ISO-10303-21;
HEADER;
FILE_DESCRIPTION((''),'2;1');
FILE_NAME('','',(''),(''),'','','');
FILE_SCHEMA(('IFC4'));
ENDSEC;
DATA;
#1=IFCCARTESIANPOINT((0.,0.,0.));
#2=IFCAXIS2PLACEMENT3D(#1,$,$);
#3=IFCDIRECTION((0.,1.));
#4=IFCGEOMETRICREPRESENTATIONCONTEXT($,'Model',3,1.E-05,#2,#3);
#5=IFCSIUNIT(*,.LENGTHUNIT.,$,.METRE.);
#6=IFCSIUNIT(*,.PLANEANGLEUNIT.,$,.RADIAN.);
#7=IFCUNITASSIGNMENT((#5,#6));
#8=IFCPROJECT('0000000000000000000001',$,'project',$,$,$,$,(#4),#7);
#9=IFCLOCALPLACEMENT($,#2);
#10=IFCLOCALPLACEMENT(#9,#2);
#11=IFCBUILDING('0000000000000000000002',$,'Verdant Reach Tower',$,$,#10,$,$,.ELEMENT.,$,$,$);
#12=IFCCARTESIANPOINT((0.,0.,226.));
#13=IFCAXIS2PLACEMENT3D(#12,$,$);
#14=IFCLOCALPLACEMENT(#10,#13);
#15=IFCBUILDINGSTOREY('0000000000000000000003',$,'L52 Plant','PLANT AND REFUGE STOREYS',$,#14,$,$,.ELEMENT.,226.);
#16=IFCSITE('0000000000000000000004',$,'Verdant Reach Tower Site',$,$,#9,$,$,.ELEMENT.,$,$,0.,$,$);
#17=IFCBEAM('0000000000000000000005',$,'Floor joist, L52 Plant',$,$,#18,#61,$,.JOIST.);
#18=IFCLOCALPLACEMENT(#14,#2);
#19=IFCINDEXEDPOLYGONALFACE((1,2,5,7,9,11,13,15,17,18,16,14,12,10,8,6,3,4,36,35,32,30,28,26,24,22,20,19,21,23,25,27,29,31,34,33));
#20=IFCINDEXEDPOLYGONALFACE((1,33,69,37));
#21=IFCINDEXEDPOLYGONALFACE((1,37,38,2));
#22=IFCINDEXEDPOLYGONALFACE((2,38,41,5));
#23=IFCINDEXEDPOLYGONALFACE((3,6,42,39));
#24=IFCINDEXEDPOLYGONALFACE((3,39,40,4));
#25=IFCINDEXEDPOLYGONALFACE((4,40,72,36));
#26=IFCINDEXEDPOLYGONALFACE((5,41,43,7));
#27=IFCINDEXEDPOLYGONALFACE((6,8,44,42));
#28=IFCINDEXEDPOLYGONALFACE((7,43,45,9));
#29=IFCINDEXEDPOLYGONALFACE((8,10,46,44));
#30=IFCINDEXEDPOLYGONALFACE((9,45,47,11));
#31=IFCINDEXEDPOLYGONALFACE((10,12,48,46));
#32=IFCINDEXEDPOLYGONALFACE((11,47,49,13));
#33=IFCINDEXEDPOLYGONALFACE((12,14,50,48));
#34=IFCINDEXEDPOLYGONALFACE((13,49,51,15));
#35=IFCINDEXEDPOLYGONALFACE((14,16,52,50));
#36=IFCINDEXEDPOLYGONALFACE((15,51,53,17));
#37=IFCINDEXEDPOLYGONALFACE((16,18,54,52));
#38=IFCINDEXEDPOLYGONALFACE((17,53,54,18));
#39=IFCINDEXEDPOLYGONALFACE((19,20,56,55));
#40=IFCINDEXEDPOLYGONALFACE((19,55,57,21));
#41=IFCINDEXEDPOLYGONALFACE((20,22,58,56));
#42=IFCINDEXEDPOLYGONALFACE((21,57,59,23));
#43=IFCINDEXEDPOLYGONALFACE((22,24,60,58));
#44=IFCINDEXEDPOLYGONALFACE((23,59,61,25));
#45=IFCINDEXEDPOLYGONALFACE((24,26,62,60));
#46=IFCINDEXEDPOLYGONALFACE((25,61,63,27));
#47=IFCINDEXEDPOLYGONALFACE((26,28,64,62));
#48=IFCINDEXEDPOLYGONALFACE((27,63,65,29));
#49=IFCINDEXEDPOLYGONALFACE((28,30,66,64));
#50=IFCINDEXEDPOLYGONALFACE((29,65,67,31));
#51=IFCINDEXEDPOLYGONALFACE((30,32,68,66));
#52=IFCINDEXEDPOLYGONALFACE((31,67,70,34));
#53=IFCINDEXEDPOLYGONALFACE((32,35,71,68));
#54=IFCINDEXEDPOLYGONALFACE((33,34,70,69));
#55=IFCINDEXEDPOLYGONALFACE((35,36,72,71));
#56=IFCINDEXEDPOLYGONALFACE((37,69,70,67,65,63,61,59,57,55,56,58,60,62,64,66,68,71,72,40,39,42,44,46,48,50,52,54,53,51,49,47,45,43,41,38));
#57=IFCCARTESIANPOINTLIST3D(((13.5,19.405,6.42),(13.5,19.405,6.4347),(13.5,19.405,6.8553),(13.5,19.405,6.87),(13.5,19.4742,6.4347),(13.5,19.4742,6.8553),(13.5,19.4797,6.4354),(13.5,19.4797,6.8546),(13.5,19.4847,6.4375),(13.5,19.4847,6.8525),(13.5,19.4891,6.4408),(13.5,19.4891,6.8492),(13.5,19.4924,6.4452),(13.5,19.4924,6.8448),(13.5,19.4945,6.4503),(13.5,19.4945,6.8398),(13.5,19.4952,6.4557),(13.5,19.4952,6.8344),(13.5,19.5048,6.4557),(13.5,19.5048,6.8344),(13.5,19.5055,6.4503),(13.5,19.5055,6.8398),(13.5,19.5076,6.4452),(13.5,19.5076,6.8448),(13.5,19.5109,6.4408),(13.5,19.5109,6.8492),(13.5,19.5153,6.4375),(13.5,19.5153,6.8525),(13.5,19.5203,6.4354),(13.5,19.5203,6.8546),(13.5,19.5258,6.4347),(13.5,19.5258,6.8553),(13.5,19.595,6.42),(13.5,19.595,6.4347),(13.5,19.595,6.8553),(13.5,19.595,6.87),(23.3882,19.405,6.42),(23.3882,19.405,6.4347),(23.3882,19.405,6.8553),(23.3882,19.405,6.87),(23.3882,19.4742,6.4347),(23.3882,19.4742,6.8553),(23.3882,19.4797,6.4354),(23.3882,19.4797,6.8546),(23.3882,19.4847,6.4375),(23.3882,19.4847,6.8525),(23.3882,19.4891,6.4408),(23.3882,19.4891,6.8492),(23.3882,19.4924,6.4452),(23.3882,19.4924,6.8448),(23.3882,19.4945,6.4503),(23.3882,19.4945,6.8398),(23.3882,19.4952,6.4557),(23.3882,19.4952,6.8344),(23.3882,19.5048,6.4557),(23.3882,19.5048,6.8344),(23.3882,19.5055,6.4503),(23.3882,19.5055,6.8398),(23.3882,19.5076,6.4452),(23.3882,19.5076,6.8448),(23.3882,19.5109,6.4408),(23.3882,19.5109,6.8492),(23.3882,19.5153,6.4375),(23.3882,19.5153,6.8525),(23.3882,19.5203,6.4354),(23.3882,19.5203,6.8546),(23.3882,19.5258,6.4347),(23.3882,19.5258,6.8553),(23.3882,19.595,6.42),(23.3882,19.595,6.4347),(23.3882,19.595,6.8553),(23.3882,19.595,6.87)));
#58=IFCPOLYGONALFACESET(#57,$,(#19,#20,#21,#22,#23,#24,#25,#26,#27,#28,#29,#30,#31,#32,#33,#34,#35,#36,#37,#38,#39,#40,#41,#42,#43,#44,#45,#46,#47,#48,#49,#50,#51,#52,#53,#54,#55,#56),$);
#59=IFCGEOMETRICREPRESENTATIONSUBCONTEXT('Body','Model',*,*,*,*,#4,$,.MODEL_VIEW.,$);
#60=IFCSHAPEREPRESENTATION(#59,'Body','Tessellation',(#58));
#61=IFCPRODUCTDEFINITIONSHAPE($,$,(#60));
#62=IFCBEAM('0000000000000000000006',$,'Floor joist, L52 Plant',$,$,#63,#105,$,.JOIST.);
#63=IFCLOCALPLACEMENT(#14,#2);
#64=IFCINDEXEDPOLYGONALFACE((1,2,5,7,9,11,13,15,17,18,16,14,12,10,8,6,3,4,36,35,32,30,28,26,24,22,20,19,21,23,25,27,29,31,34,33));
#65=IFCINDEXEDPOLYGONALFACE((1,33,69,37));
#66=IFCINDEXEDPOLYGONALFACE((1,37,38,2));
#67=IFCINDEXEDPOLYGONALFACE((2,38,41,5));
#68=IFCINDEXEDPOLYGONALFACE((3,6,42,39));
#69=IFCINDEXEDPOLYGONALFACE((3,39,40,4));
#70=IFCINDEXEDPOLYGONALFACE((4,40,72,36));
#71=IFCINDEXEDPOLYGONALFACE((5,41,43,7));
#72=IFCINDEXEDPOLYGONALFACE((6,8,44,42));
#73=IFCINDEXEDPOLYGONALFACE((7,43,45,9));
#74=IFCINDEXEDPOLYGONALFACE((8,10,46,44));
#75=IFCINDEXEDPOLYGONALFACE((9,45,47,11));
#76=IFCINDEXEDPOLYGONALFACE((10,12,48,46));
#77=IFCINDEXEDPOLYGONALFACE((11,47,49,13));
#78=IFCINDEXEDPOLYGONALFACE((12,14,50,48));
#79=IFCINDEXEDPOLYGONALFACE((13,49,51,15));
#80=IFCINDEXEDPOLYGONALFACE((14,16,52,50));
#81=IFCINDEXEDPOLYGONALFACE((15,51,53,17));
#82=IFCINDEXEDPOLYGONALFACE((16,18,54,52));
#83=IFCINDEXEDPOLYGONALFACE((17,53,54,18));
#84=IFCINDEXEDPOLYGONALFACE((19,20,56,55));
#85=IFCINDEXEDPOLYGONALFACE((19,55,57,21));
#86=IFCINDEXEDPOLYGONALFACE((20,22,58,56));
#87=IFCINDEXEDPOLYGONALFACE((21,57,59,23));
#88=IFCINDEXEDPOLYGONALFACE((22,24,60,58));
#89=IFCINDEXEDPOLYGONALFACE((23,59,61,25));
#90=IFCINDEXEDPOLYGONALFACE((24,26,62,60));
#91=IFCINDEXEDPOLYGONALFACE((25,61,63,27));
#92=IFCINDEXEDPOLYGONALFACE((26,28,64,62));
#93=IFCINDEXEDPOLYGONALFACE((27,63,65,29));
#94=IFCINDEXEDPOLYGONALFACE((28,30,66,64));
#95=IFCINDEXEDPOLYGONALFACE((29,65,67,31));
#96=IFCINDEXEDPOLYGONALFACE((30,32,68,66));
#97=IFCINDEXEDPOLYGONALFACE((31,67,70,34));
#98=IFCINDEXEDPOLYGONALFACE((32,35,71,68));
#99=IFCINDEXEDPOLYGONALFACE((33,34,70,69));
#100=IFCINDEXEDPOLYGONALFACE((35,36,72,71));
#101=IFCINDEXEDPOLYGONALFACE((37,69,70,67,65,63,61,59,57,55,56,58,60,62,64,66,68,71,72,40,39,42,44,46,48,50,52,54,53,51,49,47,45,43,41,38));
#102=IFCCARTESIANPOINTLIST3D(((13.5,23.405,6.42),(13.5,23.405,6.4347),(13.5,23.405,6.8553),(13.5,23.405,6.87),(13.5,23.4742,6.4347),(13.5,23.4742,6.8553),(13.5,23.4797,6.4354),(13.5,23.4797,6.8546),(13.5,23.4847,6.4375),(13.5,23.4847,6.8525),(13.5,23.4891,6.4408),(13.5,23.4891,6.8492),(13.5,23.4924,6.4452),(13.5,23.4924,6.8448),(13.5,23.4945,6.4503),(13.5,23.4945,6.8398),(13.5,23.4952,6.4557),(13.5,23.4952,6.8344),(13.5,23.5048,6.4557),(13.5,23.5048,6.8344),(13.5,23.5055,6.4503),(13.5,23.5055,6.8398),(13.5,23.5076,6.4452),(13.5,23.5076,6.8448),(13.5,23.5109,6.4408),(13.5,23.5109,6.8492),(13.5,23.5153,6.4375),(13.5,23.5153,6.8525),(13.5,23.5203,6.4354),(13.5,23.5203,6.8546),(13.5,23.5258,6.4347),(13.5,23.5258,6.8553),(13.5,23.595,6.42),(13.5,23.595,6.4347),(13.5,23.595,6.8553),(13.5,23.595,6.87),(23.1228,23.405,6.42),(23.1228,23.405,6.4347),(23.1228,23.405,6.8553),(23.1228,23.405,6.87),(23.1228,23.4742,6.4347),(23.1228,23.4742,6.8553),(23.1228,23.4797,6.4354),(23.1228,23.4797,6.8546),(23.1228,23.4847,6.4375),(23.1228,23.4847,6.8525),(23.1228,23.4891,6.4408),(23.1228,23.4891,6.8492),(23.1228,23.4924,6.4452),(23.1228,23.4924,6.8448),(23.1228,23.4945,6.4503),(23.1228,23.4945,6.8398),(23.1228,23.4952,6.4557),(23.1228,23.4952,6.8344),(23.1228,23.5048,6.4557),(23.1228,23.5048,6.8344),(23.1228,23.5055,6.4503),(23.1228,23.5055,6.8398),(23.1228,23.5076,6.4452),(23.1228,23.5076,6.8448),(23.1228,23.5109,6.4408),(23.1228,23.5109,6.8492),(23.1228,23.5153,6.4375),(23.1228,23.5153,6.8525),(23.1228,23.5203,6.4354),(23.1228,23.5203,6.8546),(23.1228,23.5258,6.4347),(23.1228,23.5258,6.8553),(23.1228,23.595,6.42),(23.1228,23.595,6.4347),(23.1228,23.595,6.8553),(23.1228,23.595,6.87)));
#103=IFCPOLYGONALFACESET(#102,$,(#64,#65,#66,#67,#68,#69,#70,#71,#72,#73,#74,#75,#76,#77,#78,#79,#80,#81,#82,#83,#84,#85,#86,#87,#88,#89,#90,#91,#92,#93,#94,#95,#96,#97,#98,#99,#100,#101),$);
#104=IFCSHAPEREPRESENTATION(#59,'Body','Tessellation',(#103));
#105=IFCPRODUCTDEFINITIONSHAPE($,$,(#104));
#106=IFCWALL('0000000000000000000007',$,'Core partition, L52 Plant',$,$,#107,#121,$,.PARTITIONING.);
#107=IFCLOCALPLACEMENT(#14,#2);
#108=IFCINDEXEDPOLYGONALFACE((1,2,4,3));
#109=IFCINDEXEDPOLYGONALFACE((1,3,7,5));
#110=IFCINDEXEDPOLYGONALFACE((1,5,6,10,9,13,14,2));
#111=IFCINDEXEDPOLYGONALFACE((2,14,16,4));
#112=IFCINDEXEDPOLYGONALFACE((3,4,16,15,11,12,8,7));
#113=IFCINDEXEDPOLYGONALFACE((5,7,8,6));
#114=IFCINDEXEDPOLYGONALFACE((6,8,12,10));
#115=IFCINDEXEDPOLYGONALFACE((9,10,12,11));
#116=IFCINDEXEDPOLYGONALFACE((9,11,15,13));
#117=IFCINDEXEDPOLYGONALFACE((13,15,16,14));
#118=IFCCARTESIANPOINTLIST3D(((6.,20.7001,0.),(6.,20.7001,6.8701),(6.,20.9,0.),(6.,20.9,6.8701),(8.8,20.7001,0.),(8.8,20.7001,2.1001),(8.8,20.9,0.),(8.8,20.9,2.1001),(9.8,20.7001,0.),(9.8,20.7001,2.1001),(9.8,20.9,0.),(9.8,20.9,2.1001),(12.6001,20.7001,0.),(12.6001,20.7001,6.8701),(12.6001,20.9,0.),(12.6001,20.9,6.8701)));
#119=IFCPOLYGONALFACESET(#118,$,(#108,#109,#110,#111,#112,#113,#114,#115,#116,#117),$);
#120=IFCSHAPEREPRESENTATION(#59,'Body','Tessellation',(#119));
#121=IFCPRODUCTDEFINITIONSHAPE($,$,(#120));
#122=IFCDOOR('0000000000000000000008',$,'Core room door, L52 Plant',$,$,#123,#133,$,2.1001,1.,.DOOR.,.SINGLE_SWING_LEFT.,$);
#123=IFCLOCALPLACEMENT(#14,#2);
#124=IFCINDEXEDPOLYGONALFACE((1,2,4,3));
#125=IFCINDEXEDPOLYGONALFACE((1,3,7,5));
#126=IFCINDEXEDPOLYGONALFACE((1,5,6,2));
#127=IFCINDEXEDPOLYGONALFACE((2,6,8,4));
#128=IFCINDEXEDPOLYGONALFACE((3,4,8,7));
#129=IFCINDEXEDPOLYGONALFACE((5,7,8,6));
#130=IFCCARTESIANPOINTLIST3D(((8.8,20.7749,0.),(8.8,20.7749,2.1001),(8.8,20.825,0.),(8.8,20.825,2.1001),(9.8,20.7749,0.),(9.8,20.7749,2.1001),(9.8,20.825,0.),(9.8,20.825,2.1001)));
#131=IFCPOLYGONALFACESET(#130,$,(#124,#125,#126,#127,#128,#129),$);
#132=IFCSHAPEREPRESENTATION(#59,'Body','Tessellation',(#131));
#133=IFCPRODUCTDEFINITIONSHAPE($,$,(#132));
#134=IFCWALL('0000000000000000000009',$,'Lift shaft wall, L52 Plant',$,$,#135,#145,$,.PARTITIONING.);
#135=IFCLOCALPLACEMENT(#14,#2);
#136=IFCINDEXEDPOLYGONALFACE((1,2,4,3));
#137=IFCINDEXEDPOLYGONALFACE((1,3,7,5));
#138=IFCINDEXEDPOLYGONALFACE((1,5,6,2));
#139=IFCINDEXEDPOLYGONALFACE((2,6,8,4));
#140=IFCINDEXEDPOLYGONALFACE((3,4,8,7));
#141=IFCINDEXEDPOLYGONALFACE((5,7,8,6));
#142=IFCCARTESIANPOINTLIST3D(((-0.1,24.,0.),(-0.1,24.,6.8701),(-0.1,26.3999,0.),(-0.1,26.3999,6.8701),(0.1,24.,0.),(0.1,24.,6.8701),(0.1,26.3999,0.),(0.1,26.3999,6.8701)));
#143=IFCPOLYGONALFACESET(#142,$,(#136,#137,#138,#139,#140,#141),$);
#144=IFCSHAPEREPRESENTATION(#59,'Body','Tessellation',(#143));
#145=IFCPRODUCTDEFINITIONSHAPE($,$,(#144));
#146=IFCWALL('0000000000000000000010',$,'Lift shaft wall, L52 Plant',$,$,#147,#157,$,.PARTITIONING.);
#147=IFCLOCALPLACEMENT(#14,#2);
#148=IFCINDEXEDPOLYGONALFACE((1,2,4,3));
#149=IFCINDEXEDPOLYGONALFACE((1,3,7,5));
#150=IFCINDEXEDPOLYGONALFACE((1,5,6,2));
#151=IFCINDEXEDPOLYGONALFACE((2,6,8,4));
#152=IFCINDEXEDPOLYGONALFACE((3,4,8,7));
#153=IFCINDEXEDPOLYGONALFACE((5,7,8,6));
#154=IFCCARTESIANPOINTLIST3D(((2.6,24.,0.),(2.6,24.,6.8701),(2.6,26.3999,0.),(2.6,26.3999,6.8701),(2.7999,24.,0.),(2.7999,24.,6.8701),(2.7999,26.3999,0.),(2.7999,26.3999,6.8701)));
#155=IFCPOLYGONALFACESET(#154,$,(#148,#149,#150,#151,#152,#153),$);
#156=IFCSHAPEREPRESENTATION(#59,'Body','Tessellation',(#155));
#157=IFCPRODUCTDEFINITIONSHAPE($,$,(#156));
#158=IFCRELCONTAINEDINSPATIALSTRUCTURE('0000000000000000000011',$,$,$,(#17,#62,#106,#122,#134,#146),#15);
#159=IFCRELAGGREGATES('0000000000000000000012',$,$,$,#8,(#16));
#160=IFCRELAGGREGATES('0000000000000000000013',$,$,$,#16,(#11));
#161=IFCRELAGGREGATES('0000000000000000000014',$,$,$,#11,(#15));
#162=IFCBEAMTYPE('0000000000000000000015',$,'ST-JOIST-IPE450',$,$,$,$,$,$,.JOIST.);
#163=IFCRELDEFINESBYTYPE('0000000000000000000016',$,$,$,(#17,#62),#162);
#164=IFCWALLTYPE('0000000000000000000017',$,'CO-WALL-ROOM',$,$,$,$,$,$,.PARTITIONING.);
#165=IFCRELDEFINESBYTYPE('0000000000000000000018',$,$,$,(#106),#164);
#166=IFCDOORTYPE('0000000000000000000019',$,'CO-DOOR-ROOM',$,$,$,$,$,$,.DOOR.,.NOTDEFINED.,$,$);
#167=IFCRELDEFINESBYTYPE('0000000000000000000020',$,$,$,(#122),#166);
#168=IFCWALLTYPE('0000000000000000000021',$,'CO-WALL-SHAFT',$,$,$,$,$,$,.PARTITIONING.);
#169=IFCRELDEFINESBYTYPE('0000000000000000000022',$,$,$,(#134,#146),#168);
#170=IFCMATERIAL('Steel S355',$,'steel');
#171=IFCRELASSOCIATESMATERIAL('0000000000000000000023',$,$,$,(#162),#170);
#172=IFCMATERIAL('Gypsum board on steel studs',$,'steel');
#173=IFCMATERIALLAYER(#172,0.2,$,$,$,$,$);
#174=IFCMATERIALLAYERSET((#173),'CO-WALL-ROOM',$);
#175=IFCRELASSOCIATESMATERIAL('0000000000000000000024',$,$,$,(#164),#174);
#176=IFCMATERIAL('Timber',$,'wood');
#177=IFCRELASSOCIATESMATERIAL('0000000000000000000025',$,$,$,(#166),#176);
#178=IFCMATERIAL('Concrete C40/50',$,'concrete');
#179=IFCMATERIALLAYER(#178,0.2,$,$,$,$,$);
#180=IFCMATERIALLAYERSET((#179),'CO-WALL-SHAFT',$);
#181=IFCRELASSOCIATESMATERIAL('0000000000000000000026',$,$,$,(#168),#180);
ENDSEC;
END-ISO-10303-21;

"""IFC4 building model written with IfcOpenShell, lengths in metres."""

from ifc_helpers import new_model, si_unit, direction, frame, frame_2d, origin, origin_2d, place, context, subcontext, project, spatial, rectangle, i_section, extrude, material, layer, layer_set, material_profile, profile_set, type_object, element, fill, save


model = new_model("IFC4")

# Units and contexts
model_context = context("Model", 3, precision=1e-05, world=origin(), true_north=direction((0.0, 1.0)))
body_context = subcontext(model_context, "Body", "Model", "MODEL_VIEW")
ifc_project = project(units=[si_unit("LENGTHUNIT", "METRE"), si_unit("PLANEANGLEUNIT", "RADIAN")], contexts=[model_context])

# Site, building, storey
site_placement = place(None, origin())
site = spatial("IfcSite", under=ifc_project, at=site_placement, Name="Verdant Reach Tower Site", CompositionType="ELEMENT", RefElevation=0.0)
building_placement = place(site_placement, origin())
building = spatial("IfcBuilding", under=site, at=building_placement, Name="Verdant Reach Tower", CompositionType="ELEMENT")
storey_placement = place(building_placement, frame((0.0, 0.0, 226.0)))
storey = spatial("IfcBuildingStorey", under=building, at=storey_placement, Name="L52 Plant", Description="PLANT AND REFUGE STOREYS", CompositionType="ELEMENT", Elevation=226.0)

# Beams
ifc_material_1 = material(Name="Steel S355", Category="steel")
ifc_material_profile = material_profile(ifc_material_1, i_section(OverallWidth=0.1899, OverallDepth=0.45, WebThickness=0.0095, FlangeThickness=0.0146, FilletRadius=0.021, at=origin_2d()), Name="IPE 450")
ifc_profile_set = profile_set([ifc_material_profile], Name="Steel S355")
beam_type = type_object("IfcBeamType", Name="ST-JOIST-IPE450", PredefinedType="JOIST", material=ifc_profile_set)
beam_1_placement = place(storey_placement, frame((13.5, 19.5, 6.645), z_axis=(1.0, 0.0, 0.0), x_axis=(0.0, 1.0, 0.0)))
element("IfcBeam", 1, at=beam_1_placement, inside=storey, type_object=beam_type, Name="Floor joist, L52 Plant", PredefinedType="JOIST", context=body_context, shape_type="SweptSolid", body=[
    extrude(i_section(OverallWidth=0.1899, OverallDepth=0.45, WebThickness=0.0095, FlangeThickness=0.0146, FilletRadius=0.021, at=origin_2d()), origin(), (0.0, 0.0, 1.0), 9.8882),
])
beam_2_placement = place(storey_placement, frame((13.5, 23.5, 6.645), z_axis=(1.0, 0.0, 0.0), x_axis=(0.0, 1.0, 0.0)))
element("IfcBeam", 2, at=beam_2_placement, inside=storey, type_object=beam_type, Name="Floor joist, L52 Plant", PredefinedType="JOIST", context=body_context, shape_type="SweptSolid", body=[
    extrude(i_section(OverallWidth=0.1899, OverallDepth=0.45, WebThickness=0.0095, FlangeThickness=0.0146, FilletRadius=0.021, at=origin_2d()), origin(), (0.0, 0.0, 1.0), 9.6228),
])

# Wall, opening, door
ifc_material_2 = material(Name="Gypsum board on steel studs", Category="steel")
ifc_layer_1 = layer(ifc_material_2, 0.2)
ifc_layer_set_1 = layer_set([ifc_layer_1], Name="CO-WALL-ROOM")
wall_type_1 = type_object("IfcWallType", Name="CO-WALL-ROOM", PredefinedType="PARTITIONING", material=ifc_layer_set_1)
wall_1_placement = place(storey_placement, frame((6.0, 20.8, 0.0), z_axis=(0.0, 0.0, 1.0), x_axis=(1.0, 0.0, 0.0)))
wall_1 = element("IfcWall", 3, at=wall_1_placement, inside=storey, type_object=wall_type_1, Name="Core partition, L52 Plant", PredefinedType="PARTITIONING", context=body_context, shape_type="SweptSolid", body=[
    extrude(rectangle(XDim=6.6001, YDim=0.2, at=frame_2d((3.3, 0.0))), origin(), (0.0, 0.0, 1.0), 6.8701),
])
opening_1_placement = place(wall_1_placement, frame((2.8, 0.0, 0.0)))
opening_1 = element("IfcOpeningElement", 4, at=opening_1_placement, cuts=wall_1, PredefinedType="OPENING", context=body_context, shape_type="SweptSolid", body=[
    extrude(rectangle(XDim=1.0, YDim=2.1001, at=frame_2d((0.5, 1.05))), frame((0.0, 0.1099, 0.0), z_axis=(0.0, -1.0, 0.0), x_axis=(1.0, 0.0, 0.0)), (0.0, 0.0, 1.0), 0.22),
])
ifc_material_3 = material(Name="Timber", Category="wood")
door_type_1 = type_object("IfcDoorType", Name="CO-DOOR-ROOM", OperationType="NOTDEFINED", PredefinedType="DOOR", material=ifc_material_3)
door_1_placement = place(opening_1_placement, origin())
door_1 = element("IfcDoor", 5, at=door_1_placement, inside=storey, type_object=door_type_1, Name="Core room door, L52 Plant", OperationType="SINGLE_SWING_LEFT", OverallHeight=2.1001, OverallWidth=1.0, PredefinedType="DOOR", context=body_context, shape_type="SweptSolid", body=[
    extrude(rectangle(XDim=1.0, YDim=2.1001, at=frame_2d((0.5, 1.05))), frame((0.0, 0.0249, 0.0), z_axis=(0.0, -1.0, 0.0), x_axis=(1.0, 0.0, 0.0)), (0.0, 0.0, 1.0), 0.05),
])
fill(opening_1, door_1)

# Walls
ifc_material_4 = material(Name="Concrete C40/50", Category="concrete")
ifc_layer_2 = layer(ifc_material_4, 0.2)
ifc_layer_set_2 = layer_set([ifc_layer_2], Name="CO-WALL-SHAFT")
wall_type_2 = type_object("IfcWallType", Name="CO-WALL-SHAFT", PredefinedType="PARTITIONING", material=ifc_layer_set_2)
for number, where, z_axis, x_axis, name in (
    (6, (0.0, 24.0, 0.0), (0.0, 0.0, 1.0), (0.0, 1.0, 0.0), "Lift shaft wall, L52 Plant"),
    (7, (2.7, 24.0, 0.0), (0.0, 0.0, 1.0), (0.0, 1.0, 0.0), "Lift shaft wall, L52 Plant"),
):
    element("IfcWall", number, at=place(storey_placement, frame(where, z_axis=z_axis, x_axis=x_axis)), inside=storey, type_object=wall_type_2, Name=name, PredefinedType="PARTITIONING", context=body_context, shape_type="SweptSolid", body=[
        extrude(rectangle(XDim=2.3999, YDim=0.2, at=frame_2d((1.2, 0.0))), origin(), (0.0, 0.0, 1.0), 6.8701),
    ])

save(model, "model.ifc")
